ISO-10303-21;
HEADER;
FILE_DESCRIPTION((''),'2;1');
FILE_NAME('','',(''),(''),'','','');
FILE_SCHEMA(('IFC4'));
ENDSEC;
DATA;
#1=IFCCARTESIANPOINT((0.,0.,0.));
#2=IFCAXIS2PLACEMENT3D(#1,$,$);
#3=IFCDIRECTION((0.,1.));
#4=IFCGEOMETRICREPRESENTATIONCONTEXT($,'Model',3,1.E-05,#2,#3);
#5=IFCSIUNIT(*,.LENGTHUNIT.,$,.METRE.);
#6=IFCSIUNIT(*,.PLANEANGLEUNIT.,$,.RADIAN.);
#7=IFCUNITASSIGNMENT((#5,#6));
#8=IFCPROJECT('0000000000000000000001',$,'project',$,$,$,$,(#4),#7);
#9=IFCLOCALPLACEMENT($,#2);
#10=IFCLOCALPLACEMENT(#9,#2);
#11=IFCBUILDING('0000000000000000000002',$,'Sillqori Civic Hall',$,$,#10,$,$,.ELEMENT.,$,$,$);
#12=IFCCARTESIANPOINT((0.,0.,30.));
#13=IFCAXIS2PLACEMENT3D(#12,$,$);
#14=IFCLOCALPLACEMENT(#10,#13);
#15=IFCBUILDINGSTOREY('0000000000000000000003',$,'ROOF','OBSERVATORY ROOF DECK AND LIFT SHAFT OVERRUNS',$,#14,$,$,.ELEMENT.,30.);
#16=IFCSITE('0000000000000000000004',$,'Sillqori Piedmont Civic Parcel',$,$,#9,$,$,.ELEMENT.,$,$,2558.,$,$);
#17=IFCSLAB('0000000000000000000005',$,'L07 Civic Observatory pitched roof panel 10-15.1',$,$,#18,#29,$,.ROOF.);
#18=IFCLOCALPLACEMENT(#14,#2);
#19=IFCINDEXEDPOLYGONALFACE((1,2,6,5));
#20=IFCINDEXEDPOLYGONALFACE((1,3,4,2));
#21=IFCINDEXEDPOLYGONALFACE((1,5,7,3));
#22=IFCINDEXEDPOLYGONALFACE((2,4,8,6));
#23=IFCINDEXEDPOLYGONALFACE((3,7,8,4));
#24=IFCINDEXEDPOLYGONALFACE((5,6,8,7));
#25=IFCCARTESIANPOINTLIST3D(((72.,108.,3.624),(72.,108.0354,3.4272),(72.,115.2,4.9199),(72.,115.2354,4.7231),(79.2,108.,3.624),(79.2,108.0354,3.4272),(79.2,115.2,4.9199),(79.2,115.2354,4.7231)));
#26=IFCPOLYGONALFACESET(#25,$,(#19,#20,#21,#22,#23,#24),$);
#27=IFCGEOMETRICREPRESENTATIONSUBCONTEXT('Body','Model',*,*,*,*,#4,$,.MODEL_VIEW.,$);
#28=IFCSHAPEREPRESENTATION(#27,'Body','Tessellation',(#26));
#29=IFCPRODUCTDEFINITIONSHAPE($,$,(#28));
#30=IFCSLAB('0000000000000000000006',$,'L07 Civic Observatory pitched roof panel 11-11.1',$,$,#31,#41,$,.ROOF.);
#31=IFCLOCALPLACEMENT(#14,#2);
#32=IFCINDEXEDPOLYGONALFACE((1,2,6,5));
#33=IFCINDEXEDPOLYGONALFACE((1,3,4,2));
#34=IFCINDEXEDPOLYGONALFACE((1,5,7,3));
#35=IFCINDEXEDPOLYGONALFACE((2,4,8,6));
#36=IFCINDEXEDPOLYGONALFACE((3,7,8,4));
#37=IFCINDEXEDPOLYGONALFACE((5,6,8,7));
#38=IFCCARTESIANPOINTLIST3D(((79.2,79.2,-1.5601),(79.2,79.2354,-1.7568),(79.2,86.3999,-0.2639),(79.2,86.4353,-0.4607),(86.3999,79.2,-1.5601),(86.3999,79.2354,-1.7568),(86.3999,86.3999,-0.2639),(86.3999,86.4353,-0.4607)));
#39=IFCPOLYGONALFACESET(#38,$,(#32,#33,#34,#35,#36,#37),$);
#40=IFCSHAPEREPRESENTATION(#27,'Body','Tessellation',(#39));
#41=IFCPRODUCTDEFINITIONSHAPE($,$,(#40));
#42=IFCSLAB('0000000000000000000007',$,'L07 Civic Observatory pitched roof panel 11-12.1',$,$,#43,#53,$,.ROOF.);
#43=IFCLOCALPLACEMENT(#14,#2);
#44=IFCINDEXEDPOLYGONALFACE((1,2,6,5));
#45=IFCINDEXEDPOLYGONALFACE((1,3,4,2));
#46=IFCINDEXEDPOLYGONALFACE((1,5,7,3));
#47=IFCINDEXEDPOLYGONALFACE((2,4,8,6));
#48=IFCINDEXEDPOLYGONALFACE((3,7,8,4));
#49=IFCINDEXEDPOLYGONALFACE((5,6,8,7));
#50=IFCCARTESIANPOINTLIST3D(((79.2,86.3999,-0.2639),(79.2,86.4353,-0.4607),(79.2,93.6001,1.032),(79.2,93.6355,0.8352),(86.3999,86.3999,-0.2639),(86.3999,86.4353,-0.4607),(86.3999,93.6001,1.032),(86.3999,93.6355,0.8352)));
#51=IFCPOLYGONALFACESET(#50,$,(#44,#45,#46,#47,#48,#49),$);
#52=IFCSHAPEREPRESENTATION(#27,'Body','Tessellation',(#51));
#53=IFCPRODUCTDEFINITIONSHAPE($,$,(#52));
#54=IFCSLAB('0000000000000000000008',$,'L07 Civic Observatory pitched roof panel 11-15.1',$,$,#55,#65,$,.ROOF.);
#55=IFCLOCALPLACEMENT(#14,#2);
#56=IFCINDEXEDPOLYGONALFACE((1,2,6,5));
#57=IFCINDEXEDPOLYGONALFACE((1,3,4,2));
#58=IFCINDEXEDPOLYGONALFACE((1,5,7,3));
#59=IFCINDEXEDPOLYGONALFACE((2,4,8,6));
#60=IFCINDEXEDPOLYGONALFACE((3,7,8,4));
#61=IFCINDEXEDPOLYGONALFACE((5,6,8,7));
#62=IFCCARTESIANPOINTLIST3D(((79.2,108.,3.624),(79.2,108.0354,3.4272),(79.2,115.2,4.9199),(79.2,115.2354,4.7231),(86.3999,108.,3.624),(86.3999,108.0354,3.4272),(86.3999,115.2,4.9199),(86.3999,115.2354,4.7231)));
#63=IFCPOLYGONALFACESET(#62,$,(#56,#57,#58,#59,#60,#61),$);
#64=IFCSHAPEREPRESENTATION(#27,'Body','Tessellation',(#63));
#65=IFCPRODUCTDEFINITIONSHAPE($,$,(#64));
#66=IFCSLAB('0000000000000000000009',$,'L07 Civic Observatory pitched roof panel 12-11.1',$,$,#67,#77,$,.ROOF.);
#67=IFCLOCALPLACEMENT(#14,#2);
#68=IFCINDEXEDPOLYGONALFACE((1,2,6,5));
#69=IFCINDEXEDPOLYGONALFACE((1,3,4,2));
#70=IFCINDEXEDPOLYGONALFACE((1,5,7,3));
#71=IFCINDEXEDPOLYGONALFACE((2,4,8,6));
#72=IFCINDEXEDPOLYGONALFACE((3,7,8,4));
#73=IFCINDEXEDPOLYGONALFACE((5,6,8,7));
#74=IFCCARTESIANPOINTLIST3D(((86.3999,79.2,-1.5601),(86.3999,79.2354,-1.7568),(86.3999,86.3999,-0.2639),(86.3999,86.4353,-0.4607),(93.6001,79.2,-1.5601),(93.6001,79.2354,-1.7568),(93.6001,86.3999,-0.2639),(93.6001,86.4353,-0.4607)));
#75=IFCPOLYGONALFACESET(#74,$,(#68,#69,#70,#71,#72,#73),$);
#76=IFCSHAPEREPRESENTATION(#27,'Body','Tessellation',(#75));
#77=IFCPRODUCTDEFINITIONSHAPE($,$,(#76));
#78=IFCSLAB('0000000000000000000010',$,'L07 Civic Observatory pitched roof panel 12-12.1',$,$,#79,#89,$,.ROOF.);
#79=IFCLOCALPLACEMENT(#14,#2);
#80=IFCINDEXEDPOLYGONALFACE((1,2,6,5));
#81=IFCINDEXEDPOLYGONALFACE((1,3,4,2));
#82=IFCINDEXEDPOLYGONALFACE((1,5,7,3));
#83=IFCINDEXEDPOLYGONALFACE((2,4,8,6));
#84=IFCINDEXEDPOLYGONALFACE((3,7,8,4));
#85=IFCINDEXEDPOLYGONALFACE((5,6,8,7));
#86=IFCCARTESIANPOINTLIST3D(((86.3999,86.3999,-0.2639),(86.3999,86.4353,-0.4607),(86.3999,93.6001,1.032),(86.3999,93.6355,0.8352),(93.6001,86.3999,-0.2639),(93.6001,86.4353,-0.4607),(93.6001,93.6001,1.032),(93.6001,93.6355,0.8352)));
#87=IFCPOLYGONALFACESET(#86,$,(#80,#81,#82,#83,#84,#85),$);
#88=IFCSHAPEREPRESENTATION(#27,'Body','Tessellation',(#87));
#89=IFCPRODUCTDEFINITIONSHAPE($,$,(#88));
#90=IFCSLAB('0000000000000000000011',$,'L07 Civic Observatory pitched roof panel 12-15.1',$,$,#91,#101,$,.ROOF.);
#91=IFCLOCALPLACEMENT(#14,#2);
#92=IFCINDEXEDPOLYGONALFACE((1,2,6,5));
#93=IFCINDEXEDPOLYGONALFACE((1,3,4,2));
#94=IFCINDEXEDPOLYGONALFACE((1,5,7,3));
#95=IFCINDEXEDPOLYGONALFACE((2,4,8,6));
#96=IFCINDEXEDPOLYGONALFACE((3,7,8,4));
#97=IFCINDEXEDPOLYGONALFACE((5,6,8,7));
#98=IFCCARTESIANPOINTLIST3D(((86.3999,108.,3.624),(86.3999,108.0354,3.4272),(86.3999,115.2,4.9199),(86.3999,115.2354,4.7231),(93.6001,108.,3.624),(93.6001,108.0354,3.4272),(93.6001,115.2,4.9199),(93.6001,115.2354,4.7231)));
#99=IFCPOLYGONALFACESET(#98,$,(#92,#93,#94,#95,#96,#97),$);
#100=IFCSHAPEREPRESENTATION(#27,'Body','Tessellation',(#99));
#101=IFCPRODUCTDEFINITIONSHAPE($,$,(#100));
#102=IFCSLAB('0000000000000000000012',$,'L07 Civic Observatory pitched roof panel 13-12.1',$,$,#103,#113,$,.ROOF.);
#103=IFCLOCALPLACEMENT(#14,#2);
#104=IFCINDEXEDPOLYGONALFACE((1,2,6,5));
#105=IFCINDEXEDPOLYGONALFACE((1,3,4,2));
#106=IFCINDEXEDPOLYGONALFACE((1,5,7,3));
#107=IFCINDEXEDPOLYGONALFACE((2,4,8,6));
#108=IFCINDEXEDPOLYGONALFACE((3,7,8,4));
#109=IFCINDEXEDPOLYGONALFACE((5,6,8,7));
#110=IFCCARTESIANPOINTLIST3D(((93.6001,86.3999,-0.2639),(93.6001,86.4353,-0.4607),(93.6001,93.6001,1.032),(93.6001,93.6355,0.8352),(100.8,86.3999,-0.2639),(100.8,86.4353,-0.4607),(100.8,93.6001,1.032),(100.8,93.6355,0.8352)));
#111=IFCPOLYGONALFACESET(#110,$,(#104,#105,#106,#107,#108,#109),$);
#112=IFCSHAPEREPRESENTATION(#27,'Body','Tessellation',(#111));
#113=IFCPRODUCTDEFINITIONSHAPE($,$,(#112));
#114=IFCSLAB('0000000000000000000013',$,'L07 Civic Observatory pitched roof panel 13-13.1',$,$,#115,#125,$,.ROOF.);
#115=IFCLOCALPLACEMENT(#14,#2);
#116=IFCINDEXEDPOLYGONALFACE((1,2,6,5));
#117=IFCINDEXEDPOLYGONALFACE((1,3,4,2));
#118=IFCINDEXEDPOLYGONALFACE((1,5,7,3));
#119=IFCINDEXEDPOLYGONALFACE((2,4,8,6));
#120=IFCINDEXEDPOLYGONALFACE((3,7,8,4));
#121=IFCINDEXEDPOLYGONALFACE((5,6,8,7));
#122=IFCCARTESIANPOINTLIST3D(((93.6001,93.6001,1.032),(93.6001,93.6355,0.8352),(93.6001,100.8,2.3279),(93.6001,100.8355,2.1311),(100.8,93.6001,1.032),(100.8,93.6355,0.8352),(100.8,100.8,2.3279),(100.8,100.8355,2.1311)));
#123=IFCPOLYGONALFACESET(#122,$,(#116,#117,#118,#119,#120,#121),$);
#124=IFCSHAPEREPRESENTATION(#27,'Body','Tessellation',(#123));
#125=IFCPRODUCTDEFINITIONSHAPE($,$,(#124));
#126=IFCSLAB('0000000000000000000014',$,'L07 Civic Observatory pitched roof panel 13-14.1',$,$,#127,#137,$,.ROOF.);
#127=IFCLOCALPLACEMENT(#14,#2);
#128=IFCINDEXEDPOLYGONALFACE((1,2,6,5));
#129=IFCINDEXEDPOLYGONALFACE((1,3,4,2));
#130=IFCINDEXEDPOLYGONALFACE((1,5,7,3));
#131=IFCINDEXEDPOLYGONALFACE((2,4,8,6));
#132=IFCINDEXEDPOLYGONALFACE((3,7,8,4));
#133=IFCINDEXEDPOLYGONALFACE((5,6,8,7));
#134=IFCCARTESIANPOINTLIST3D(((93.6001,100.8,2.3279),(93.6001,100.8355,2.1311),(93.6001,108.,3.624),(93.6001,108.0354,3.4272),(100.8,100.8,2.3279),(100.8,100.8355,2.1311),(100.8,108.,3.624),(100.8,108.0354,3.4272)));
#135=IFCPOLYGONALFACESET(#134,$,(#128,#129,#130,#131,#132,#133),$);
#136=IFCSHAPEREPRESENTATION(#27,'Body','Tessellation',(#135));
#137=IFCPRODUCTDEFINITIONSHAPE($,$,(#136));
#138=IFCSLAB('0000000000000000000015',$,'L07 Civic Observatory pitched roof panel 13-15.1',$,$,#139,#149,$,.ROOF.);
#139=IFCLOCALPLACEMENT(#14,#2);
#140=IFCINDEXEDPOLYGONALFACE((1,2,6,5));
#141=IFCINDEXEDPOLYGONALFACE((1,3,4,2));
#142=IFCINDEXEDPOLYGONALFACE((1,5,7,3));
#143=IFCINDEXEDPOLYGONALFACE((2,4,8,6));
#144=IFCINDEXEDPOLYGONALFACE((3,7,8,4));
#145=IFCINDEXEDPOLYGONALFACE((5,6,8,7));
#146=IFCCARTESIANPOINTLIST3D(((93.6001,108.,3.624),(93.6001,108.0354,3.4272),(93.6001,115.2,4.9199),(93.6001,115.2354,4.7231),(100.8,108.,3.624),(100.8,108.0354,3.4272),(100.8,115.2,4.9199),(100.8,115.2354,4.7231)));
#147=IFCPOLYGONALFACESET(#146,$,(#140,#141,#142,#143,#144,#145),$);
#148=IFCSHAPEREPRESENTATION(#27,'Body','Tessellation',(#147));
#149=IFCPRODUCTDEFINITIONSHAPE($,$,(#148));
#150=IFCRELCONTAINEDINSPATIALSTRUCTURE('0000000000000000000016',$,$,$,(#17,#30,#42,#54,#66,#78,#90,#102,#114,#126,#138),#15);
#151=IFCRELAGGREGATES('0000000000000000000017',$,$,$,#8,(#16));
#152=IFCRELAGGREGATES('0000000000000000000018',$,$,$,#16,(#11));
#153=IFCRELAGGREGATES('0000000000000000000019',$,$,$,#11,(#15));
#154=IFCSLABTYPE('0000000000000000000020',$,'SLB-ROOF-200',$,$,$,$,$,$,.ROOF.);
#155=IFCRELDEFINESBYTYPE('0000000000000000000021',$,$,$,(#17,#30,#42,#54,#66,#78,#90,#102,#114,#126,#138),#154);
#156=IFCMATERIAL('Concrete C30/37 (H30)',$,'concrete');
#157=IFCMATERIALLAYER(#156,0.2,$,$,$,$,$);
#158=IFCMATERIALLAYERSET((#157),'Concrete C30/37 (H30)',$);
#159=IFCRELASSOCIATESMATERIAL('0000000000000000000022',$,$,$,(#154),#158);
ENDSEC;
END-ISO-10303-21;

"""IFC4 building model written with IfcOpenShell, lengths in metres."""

from ifc_helpers import new_model, si_unit, direction, frame, origin, place, context, subcontext, project, spatial, polyline, outline, extrude, material, layer, layer_set, type_object, element, save


model = new_model("IFC4")

# Units and contexts
model_context = context("Model", 3, precision=1e-05, world=origin(), true_north=direction((0.0, 1.0)))
body_context = subcontext(model_context, "Body", "Model", "MODEL_VIEW")
ifc_project = project(units=[si_unit("LENGTHUNIT", "METRE"), si_unit("PLANEANGLEUNIT", "RADIAN")], contexts=[model_context])

# Site, building, storey
site_placement = place(None, origin())
site = spatial("IfcSite", under=ifc_project, at=site_placement, Name="Sillqori Piedmont Civic Parcel", CompositionType="ELEMENT", RefElevation=2558.0)
building_placement = place(site_placement, origin())
building = spatial("IfcBuilding", under=site, at=building_placement, Name="Sillqori Civic Hall", CompositionType="ELEMENT")
storey_placement = place(building_placement, frame((0.0, 0.0, 30.0)))
storey = spatial("IfcBuildingStorey", under=building, at=storey_placement, Name="ROOF", Description="OBSERVATORY ROOF DECK AND LIFT SHAFT OVERRUNS", CompositionType="ELEMENT", Elevation=30.0)

# Slabs
ifc_material_1 = material(Name="Concrete C30/37 (H30)", Category="concrete")
ifc_layer = layer(ifc_material_1, 0.2)
ifc_layer_set = layer_set([ifc_layer], Name="Concrete C30/37 (H30)")
slab_type = type_object("IfcSlabType", Name="SLB-ROOF-200", PredefinedType="ROOF", material=ifc_layer_set)
slab_1_placement = place(storey_placement, frame((72.0, 108.0, 3.624), z_axis=(0.0, -0.177141, 0.984186), x_axis=(1.0, 0.0, 0.0)))
element("IfcSlab", 1, at=slab_1_placement, inside=storey, type_object=slab_type, Name="L07 Civic Observatory pitched roof panel 10-15.1", PredefinedType="ROOF", context=body_context, shape_type="SweptSolid", body=[
    extrude(outline(polyline([(0.0, 0.0), (7.2, 0.0), (7.2, 7.3156), (0.0, 7.3156), (0.0, 0.0)])), origin(), (0.0, 0.0, -1.0), 0.2),
])
slab_2_placement = place(storey_placement, frame((79.2, 79.2, -1.5601), z_axis=(0.0, -0.177173, 0.98418), x_axis=(1.0, 0.0, 0.0)))
element("IfcSlab", 2, at=slab_2_placement, inside=storey, type_object=slab_type, Name="L07 Civic Observatory pitched roof panel 11-11.1", PredefinedType="ROOF", context=body_context, shape_type="SweptSolid", body=[
    extrude(outline(polyline([(0.0, 0.0), (7.2, 0.0), (7.2, 7.3157), (0.0, 7.3157), (0.0, 0.0)])), origin(), (0.0, 0.0, -1.0), 0.2),
])
slab_3_placement = place(storey_placement, frame((79.2, 86.3999, -0.2639), z_axis=(0.0, -0.177135, 0.984187), x_axis=(1.0, 0.0, 0.0)))
element("IfcSlab", 3, at=slab_3_placement, inside=storey, type_object=slab_type, Name="L07 Civic Observatory pitched roof panel 11-12.1", PredefinedType="ROOF", context=body_context, shape_type="SweptSolid", body=[
    extrude(outline(polyline([(0.0, 0.0), (7.2, 0.0), (7.2, 7.3159), (0.0, 7.3159), (0.0, 0.0)])), origin(), (0.0, 0.0, -1.0), 0.2),
])
slab_4_placement = place(storey_placement, frame((79.2, 108.0, 3.624), z_axis=(0.0, -0.177141, 0.984186), x_axis=(1.0, 0.0, 0.0)))
element("IfcSlab", 4, at=slab_4_placement, inside=storey, type_object=slab_type, Name="L07 Civic Observatory pitched roof panel 11-15.1", PredefinedType="ROOF", context=body_context, shape_type="SweptSolid", body=[
    extrude(outline(polyline([(0.0, 0.0), (7.2, 0.0), (7.2, 7.3156), (0.0, 7.3156), (0.0, 0.0)])), origin(), (0.0, 0.0, -1.0), 0.2),
])
slab_5_placement = place(storey_placement, frame((86.3999, 79.2, -1.5601), z_axis=(0.0, -0.177173, 0.98418), x_axis=(1.0, 0.0, 0.0)))
element("IfcSlab", 5, at=slab_5_placement, inside=storey, type_object=slab_type, Name="L07 Civic Observatory pitched roof panel 12-11.1", PredefinedType="ROOF", context=body_context, shape_type="SweptSolid", body=[
    extrude(outline(polyline([(0.0, 0.0), (7.2002, 0.0), (7.2002, 7.3157), (0.0, 7.3157), (0.0, 0.0)])), origin(), (0.0, 0.0, -1.0), 0.2),
])
slab_6_placement = place(storey_placement, frame((86.3999, 86.3999, -0.2639), z_axis=(0.0, -0.177135, 0.984187), x_axis=(1.0, 0.0, 0.0)))
element("IfcSlab", 6, at=slab_6_placement, inside=storey, type_object=slab_type, Name="L07 Civic Observatory pitched roof panel 12-12.1", PredefinedType="ROOF", context=body_context, shape_type="SweptSolid", body=[
    extrude(outline(polyline([(0.0, 0.0), (7.2002, 0.0), (7.2002, 7.3159), (0.0, 7.3159), (0.0, 0.0)])), origin(), (0.0, 0.0, -1.0), 0.2),
])
slab_7_placement = place(storey_placement, frame((86.3999, 108.0, 3.624), z_axis=(0.0, -0.177141, 0.984186), x_axis=(1.0, 0.0, 0.0)))
element("IfcSlab", 7, at=slab_7_placement, inside=storey, type_object=slab_type, Name="L07 Civic Observatory pitched roof panel 12-15.1", PredefinedType="ROOF", context=body_context, shape_type="SweptSolid", body=[
    extrude(outline(polyline([(0.0, 0.0), (7.2002, 0.0), (7.2002, 7.3156), (0.0, 7.3156), (0.0, 0.0)])), origin(), (0.0, 0.0, -1.0), 0.2),
])
slab_8_placement = place(storey_placement, frame((93.6001, 86.3999, -0.2639), z_axis=(0.0, -0.177135, 0.984187), x_axis=(1.0, 0.0, 0.0)))
element("IfcSlab", 8, at=slab_8_placement, inside=storey, type_object=slab_type, Name="L07 Civic Observatory pitched roof panel 13-12.1", PredefinedType="ROOF", context=body_context, shape_type="SweptSolid", body=[
    extrude(outline(polyline([(0.0, 0.0), (7.2, 0.0), (7.2, 7.3159), (0.0, 7.3159), (0.0, 0.0)])), origin(), (0.0, 0.0, -1.0), 0.2),
])
slab_9_placement = place(storey_placement, frame((93.6001, 93.6001, 1.032), z_axis=(0.0, -0.177141, 0.984186), x_axis=(1.0, 0.0, 0.0)))
element("IfcSlab", 9, at=slab_9_placement, inside=storey, type_object=slab_type, Name="L07 Civic Observatory pitched roof panel 13-13.1", PredefinedType="ROOF", context=body_context, shape_type="SweptSolid", body=[
    extrude(outline(polyline([(0.0, 0.0), (7.2, 0.0), (7.2, 7.3156), (0.0, 7.3156), (0.0, 0.0)])), origin(), (0.0, 0.0, -1.0), 0.2),
])
slab_10_placement = place(storey_placement, frame((93.6001, 100.8, 2.3279), z_axis=(0.0, -0.177173, 0.98418), x_axis=(1.0, 0.0, 0.0)))
element("IfcSlab", 10, at=slab_10_placement, inside=storey, type_object=slab_type, Name="L07 Civic Observatory pitched roof panel 13-14.1", PredefinedType="ROOF", context=body_context, shape_type="SweptSolid", body=[
    extrude(outline(polyline([(0.0, 0.0), (7.2, 0.0), (7.2, 7.3157), (0.0, 7.3157), (0.0, 0.0)])), origin(), (0.0, 0.0, -1.0), 0.2),
])
slab_11_placement = place(storey_placement, frame((93.6001, 108.0, 3.624), z_axis=(0.0, -0.177141, 0.984186), x_axis=(1.0, 0.0, 0.0)))
element("IfcSlab", 11, at=slab_11_placement, inside=storey, type_object=slab_type, Name="L07 Civic Observatory pitched roof panel 13-15.1", PredefinedType="ROOF", context=body_context, shape_type="SweptSolid", body=[
    extrude(outline(polyline([(0.0, 0.0), (7.2, 0.0), (7.2, 7.3156), (0.0, 7.3156), (0.0, 0.0)])), origin(), (0.0, 0.0, -1.0), 0.2),
])

save(model, "model.ifc")
